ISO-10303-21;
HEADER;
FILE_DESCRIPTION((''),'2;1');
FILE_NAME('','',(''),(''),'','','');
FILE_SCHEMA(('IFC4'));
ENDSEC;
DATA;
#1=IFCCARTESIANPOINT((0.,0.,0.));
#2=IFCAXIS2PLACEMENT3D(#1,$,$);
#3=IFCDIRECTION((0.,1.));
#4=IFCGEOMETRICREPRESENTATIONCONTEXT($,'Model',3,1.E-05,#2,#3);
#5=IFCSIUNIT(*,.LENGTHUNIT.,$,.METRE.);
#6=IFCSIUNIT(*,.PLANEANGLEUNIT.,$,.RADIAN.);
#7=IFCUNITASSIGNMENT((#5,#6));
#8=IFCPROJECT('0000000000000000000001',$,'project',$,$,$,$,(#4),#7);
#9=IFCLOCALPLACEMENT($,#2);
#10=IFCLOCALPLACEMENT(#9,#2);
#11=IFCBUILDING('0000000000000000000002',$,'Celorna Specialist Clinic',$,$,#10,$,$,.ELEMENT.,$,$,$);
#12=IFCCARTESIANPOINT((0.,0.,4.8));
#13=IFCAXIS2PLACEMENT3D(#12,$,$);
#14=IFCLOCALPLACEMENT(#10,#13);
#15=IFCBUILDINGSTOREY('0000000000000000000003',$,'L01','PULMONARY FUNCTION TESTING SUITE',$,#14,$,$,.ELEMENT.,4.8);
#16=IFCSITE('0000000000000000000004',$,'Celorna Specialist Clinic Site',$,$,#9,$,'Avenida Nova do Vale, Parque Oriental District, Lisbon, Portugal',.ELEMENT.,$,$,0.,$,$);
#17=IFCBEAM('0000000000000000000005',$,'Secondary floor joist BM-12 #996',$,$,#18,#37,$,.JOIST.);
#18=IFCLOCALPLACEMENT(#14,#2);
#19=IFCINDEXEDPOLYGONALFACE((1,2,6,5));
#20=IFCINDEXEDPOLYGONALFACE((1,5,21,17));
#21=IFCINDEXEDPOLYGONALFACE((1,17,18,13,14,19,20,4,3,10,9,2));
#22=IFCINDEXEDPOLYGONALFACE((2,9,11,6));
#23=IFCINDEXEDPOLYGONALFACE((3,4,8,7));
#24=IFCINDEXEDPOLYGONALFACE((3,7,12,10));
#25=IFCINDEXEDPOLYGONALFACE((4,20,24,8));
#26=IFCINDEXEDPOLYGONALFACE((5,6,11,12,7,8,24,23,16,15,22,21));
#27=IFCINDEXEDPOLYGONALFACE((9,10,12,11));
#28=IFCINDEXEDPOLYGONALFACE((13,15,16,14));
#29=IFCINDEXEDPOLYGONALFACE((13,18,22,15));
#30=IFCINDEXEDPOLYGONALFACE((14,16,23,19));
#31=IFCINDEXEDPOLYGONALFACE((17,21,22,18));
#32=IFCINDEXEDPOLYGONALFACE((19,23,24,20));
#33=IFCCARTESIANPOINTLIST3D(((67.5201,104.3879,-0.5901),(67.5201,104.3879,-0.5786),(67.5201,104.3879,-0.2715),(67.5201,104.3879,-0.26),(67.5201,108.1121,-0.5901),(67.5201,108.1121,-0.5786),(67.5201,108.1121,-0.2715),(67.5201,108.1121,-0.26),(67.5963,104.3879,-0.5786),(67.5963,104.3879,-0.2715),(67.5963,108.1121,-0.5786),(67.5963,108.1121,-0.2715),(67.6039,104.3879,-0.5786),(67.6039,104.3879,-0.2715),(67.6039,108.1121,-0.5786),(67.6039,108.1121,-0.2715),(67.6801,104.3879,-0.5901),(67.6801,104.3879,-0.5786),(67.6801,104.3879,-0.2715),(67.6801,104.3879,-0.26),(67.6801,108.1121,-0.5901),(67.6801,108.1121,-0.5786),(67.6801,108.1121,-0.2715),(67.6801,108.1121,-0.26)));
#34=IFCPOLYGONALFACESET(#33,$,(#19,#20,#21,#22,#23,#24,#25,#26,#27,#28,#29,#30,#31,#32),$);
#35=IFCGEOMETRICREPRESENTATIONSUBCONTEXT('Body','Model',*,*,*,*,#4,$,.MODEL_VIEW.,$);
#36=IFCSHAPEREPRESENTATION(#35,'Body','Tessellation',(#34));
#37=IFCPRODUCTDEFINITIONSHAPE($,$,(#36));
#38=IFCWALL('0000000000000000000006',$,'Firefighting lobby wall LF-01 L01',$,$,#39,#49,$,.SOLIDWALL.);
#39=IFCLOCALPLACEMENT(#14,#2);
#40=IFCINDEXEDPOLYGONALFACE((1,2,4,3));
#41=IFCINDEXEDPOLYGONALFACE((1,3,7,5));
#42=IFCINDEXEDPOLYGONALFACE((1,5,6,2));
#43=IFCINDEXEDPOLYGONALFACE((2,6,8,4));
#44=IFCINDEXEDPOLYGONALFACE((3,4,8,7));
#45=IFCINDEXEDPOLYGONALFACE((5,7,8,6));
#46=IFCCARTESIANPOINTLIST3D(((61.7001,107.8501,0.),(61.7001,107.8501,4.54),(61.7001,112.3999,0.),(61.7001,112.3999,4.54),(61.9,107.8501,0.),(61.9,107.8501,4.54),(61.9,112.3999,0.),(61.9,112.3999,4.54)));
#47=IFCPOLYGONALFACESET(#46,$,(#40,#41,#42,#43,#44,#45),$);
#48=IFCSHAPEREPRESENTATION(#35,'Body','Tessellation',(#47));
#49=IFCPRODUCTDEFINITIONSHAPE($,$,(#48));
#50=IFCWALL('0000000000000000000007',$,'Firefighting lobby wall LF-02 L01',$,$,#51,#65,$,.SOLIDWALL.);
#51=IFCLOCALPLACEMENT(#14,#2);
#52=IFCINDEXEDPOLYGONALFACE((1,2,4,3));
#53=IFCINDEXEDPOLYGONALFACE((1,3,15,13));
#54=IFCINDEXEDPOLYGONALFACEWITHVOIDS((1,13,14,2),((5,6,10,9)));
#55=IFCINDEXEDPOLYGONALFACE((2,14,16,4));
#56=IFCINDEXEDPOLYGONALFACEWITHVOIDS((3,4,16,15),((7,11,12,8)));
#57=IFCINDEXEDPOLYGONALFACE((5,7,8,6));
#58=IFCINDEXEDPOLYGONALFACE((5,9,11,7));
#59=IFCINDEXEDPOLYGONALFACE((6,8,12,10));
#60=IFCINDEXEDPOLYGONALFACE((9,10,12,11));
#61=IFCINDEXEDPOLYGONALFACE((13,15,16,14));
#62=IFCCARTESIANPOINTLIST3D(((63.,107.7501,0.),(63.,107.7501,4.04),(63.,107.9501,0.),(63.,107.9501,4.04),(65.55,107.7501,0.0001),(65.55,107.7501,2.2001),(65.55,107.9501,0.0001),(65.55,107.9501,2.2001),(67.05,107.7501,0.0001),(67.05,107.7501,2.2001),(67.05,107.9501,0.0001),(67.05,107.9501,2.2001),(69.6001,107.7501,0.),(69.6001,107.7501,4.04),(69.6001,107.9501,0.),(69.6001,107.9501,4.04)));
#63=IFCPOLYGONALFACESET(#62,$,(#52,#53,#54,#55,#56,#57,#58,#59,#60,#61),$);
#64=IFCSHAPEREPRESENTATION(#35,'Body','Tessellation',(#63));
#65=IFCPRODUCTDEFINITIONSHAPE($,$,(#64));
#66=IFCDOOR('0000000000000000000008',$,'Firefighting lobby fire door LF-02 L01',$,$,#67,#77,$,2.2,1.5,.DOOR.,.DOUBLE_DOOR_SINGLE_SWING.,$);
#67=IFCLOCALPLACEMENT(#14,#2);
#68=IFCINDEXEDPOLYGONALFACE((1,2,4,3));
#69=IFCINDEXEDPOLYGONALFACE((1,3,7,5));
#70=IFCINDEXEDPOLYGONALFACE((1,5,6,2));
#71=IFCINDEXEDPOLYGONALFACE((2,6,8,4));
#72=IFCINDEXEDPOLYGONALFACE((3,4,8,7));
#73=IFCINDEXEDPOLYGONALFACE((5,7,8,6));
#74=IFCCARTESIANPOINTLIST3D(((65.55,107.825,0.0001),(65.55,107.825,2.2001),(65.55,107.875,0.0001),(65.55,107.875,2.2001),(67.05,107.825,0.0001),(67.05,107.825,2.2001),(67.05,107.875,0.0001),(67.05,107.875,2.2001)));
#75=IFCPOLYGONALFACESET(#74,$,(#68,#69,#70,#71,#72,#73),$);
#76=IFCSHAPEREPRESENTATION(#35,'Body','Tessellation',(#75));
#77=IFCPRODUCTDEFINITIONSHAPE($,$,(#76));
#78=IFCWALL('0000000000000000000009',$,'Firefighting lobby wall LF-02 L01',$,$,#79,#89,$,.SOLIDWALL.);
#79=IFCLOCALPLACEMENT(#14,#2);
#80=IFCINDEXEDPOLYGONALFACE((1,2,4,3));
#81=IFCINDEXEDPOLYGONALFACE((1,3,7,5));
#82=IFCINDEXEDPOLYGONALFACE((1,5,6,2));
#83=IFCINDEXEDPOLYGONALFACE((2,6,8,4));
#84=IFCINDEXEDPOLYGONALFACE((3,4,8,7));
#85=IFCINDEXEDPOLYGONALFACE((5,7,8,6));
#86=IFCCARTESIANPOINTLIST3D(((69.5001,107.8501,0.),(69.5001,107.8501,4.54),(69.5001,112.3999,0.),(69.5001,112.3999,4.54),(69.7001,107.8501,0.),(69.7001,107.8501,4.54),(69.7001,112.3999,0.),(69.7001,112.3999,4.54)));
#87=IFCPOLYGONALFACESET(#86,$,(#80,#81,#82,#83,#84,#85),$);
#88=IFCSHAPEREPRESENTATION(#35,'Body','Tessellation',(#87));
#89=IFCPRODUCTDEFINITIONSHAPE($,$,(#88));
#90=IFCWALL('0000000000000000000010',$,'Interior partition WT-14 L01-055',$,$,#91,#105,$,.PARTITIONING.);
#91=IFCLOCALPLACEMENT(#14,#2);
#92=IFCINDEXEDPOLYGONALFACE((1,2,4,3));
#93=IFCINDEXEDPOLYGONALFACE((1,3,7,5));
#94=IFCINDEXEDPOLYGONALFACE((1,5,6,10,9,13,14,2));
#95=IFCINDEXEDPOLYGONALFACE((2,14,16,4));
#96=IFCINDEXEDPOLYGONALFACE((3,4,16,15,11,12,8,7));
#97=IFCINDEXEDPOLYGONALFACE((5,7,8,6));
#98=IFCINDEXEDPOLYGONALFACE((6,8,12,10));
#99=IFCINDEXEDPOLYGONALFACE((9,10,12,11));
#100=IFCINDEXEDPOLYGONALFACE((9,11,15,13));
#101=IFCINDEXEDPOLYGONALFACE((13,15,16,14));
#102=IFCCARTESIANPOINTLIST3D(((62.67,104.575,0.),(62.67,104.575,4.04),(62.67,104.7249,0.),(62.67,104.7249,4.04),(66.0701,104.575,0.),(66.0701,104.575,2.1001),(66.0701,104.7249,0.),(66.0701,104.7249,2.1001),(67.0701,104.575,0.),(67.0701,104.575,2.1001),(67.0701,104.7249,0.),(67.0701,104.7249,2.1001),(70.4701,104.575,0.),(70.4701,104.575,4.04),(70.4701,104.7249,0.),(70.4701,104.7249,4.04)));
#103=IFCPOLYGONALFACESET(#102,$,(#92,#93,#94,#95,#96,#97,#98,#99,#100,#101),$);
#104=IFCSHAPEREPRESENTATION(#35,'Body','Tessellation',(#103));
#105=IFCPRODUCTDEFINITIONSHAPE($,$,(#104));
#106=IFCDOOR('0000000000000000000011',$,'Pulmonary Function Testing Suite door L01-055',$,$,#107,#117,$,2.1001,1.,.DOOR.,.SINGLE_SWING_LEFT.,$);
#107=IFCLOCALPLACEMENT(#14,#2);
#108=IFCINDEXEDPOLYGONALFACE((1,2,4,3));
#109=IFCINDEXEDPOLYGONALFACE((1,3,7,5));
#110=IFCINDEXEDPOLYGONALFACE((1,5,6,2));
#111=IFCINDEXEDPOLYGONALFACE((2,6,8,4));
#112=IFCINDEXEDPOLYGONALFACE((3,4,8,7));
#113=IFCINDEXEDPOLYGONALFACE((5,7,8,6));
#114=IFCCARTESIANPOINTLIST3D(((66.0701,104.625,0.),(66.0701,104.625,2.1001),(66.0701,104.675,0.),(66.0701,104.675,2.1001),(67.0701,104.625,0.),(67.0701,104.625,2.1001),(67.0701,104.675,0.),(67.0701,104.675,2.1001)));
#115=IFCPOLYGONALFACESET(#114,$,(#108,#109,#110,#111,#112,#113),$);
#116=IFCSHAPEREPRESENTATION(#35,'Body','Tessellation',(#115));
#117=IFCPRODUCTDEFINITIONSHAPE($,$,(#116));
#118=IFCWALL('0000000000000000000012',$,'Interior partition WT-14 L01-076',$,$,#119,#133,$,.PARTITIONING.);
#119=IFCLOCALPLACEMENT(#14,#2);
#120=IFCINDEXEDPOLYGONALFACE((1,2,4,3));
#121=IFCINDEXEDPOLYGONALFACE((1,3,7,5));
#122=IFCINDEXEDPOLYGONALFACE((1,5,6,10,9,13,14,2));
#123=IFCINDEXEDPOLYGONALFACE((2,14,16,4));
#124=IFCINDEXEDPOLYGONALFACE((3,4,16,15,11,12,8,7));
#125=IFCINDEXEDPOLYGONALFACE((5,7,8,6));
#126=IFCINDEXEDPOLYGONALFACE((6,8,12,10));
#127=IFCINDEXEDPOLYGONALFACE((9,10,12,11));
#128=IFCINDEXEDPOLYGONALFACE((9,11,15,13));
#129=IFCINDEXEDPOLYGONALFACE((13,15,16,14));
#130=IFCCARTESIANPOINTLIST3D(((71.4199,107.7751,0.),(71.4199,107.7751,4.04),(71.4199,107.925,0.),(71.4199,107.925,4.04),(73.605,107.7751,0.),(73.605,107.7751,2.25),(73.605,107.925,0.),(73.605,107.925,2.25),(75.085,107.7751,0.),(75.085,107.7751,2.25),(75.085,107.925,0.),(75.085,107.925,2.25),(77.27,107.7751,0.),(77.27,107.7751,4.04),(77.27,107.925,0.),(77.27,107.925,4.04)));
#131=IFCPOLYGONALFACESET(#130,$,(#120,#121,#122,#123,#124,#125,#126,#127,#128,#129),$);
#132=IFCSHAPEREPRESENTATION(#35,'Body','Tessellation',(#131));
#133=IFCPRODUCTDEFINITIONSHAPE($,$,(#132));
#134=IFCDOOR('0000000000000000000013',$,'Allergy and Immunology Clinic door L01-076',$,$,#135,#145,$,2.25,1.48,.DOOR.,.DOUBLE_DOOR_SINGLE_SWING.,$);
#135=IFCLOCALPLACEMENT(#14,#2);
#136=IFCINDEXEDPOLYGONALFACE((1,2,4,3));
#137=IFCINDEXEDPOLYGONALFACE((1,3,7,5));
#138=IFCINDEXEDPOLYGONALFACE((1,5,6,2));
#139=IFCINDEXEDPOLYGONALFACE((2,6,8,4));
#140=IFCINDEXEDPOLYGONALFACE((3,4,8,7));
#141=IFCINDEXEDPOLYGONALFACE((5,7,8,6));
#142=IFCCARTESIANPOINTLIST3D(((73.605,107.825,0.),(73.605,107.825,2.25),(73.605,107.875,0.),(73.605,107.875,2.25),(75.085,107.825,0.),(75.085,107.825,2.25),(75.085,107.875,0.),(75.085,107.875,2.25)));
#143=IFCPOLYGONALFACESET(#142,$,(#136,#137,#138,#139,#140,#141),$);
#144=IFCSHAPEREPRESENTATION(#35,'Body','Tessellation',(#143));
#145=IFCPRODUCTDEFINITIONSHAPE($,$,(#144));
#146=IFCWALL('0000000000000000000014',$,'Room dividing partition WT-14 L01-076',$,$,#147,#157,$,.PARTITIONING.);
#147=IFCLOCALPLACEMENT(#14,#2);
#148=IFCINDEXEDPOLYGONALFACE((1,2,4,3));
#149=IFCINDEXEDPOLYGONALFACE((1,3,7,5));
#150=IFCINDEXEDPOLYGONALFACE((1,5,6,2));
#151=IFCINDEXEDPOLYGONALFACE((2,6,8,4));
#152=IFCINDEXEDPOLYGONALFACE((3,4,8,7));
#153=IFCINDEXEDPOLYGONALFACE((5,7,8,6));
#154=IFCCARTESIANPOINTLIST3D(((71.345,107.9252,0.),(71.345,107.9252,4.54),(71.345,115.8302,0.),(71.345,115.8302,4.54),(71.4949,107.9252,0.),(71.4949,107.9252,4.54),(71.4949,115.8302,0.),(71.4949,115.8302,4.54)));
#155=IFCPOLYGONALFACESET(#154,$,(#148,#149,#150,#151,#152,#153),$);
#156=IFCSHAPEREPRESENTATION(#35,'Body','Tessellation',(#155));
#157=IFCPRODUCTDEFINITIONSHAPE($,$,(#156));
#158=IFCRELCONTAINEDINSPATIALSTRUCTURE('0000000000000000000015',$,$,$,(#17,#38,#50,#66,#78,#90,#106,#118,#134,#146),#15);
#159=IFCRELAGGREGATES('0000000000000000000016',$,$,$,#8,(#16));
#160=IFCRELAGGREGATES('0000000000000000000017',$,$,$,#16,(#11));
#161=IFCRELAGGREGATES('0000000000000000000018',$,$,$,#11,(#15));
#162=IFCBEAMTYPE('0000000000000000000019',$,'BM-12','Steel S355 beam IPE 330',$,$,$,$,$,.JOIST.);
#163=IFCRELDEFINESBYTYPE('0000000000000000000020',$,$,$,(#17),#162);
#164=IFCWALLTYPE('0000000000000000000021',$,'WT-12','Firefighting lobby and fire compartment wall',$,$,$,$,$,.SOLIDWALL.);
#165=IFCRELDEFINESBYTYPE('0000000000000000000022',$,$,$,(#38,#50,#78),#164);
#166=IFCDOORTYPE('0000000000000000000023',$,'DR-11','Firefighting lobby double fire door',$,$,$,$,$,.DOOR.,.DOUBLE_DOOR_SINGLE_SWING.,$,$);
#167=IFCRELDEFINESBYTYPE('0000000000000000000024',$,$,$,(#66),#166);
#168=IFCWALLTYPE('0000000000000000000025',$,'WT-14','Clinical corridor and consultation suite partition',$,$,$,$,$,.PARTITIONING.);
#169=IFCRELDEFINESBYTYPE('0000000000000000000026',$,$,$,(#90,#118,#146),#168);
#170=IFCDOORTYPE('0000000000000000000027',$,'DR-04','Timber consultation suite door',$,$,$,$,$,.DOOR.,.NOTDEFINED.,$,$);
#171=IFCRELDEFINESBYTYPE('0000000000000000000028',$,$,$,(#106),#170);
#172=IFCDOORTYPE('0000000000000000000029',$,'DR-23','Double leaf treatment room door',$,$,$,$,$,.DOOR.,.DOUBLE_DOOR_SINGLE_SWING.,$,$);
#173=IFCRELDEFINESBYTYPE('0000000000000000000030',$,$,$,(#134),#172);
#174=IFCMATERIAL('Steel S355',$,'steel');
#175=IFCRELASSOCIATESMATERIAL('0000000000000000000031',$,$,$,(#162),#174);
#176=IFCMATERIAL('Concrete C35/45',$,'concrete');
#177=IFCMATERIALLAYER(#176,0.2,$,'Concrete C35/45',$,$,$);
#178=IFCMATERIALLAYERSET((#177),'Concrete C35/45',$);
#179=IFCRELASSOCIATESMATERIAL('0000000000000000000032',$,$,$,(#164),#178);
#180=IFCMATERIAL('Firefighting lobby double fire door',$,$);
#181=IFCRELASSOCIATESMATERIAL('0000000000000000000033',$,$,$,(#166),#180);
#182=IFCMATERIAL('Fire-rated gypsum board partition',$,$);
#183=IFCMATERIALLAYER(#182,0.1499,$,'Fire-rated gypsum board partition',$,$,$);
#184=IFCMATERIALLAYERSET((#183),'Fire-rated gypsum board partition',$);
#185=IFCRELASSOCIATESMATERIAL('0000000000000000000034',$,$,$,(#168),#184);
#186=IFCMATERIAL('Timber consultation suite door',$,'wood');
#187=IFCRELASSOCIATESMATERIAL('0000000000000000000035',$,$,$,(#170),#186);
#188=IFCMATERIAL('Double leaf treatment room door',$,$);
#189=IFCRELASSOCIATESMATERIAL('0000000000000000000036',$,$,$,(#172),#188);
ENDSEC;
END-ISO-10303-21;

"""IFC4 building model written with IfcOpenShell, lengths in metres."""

from ifc_helpers import new_model, si_unit, direction, frame, frame_2d, origin, origin_2d, place, context, subcontext, project, spatial, rectangle, i_section, extrude, material, layer, layer_set, material_profile, profile_set, type_object, element, fill, save


model = new_model("IFC4")

# Units and contexts
model_context = context("Model", 3, precision=1e-05, world=origin(), true_north=direction((0.0, 1.0)))
body_context = subcontext(model_context, "Body", "Model", "MODEL_VIEW")
ifc_project = project(units=[si_unit("LENGTHUNIT", "METRE"), si_unit("PLANEANGLEUNIT", "RADIAN")], contexts=[model_context])

# Site, building, storey
site_placement = place(None, origin())
site = spatial("IfcSite", under=ifc_project, at=site_placement, Name="Celorna Specialist Clinic Site", LongName="Avenida Nova do Vale, Parque Oriental District, Lisbon, Portugal", CompositionType="ELEMENT", RefElevation=0.0)
building_placement = place(site_placement, origin())
building = spatial("IfcBuilding", under=site, at=building_placement, Name="Celorna Specialist Clinic", CompositionType="ELEMENT")
storey_placement = place(building_placement, frame((0.0, 0.0, 4.8)))
storey = spatial("IfcBuildingStorey", under=building, at=storey_placement, Name="L01", Description="PULMONARY FUNCTION TESTING SUITE", CompositionType="ELEMENT", Elevation=4.8)

# Beam
ifc_material_1 = material(Name="Steel S355", Category="steel")
ifc_material_profile_1 = material_profile(ifc_material_1, i_section(OverallWidth=0.1599, OverallDepth=0.3301, WebThickness=0.0076, FlangeThickness=0.0115, at=origin_2d()), Name="IPE 330")
ifc_profile_set_1 = profile_set([ifc_material_profile_1], Name="Steel S355")
beam_type_1 = type_object("IfcBeamType", Name="BM-12", Description="Steel S355 beam IPE 330", PredefinedType="JOIST", material=ifc_profile_set_1)
for number, where, z_axis, x_axis, name in (
    (1, (67.6001, 104.3879, -0.425), (0.0, 1.0, 0.0), (-1.0, 0.0, 0.0), "Secondary floor joist BM-12 #996"),
):
    element("IfcBeam", number, at=place(storey_placement, frame(where, z_axis=z_axis, x_axis=x_axis)), inside=storey, type_object=beam_type_1, Name=name, PredefinedType="JOIST", context=body_context, shape_type="SweptSolid", body=[
        extrude(i_section(OverallWidth=0.1599, OverallDepth=0.3301, WebThickness=0.0076, FlangeThickness=0.0115, at=origin_2d()), origin(), (0.0, 0.0, 1.0), 3.7241),
    ])

# Wall
ifc_material_2 = material(Name="Concrete C35/45", Category="concrete")
ifc_layer_1 = layer(ifc_material_2, 0.2, Name="Concrete C35/45")
ifc_layer_set_1 = layer_set([ifc_layer_1], Name="Concrete C35/45")
wall_type_1 = type_object("IfcWallType", Name="WT-12", Description="Firefighting lobby and fire compartment wall", PredefinedType="SOLIDWALL", material=ifc_layer_set_1)
wall_1_placement = place(storey_placement, frame((61.8, 107.8501, 0.0), z_axis=(0.0, 0.0, 1.0), x_axis=(0.0, 1.0, 0.0)))
element("IfcWall", 2, at=wall_1_placement, inside=storey, type_object=wall_type_1, Name="Firefighting lobby wall LF-01 L01", PredefinedType="SOLIDWALL", context=body_context, shape_type="SweptSolid", body=[
    extrude(rectangle(XDim=4.5498, YDim=0.2, at=frame_2d((2.2749, 0.0))), origin(), (0.0, 0.0, 1.0), 4.54),
])

# Wall, opening, door
wall_2_placement = place(storey_placement, frame((63.0, 107.8501, 0.0), z_axis=(0.0, 0.0, 1.0), x_axis=(1.0, 0.0, 0.0)))
wall_2 = element("IfcWall", 3, at=wall_2_placement, inside=storey, type_object=wall_type_1, Name="Firefighting lobby wall LF-02 L01", PredefinedType="SOLIDWALL", context=body_context, shape_type="SweptSolid", body=[
    extrude(rectangle(XDim=6.6001, YDim=0.2, at=frame_2d((3.3, 0.0))), origin(), (0.0, 0.0, 1.0), 4.04),
])
opening_1_placement = place(wall_2_placement, frame((2.55, 0.0, 0.0)))
opening_1 = element("IfcOpeningElement", 4, at=opening_1_placement, cuts=wall_2, PredefinedType="OPENING", context=body_context, shape_type="SweptSolid", body=[
    extrude(rectangle(XDim=1.5, YDim=2.2, at=frame_2d((0.75, 1.1001))), frame((0.0, 0.1099, 0.0), z_axis=(0.0, -1.0, 0.0), x_axis=(1.0, 0.0, 0.0)), (0.0, 0.0, 1.0), 0.22),
])
ifc_material_3 = material(Name="Firefighting lobby double fire door")
door_type_1 = type_object("IfcDoorType", Name="DR-11", Description="Firefighting lobby double fire door", OperationType="DOUBLE_DOOR_SINGLE_SWING", PredefinedType="DOOR", material=ifc_material_3)
door_1_placement = place(opening_1_placement, origin())
door_1 = element("IfcDoor", 5, at=door_1_placement, inside=storey, type_object=door_type_1, Name="Firefighting lobby fire door LF-02 L01", OperationType="DOUBLE_DOOR_SINGLE_SWING", OverallHeight=2.2, OverallWidth=1.5, PredefinedType="DOOR", context=body_context, shape_type="SweptSolid", body=[
    extrude(rectangle(XDim=1.5, YDim=2.2, at=frame_2d((0.75, 1.1001))), frame((0.0, 0.0249, 0.0), z_axis=(0.0, -1.0, 0.0), x_axis=(1.0, 0.0, 0.0)), (0.0, 0.0, 1.0), 0.05),
])
fill(opening_1, door_1)

# Wall
wall_3_placement = place(storey_placement, frame((69.6001, 107.8501, 0.0), z_axis=(0.0, 0.0, 1.0), x_axis=(0.0, 1.0, 0.0)))
element("IfcWall", 6, at=wall_3_placement, inside=storey, type_object=wall_type_1, Name="Firefighting lobby wall LF-02 L01", PredefinedType="SOLIDWALL", context=body_context, shape_type="SweptSolid", body=[
    extrude(rectangle(XDim=4.5498, YDim=0.2, at=frame_2d((2.2749, 0.0))), origin(), (0.0, 0.0, 1.0), 4.54),
])

# Walls, openings, doors
ifc_material_4 = material(Name="Fire-rated gypsum board partition")
ifc_layer_2 = layer(ifc_material_4, 0.1499, Name="Fire-rated gypsum board partition")
ifc_layer_set_2 = layer_set([ifc_layer_2], Name="Fire-rated gypsum board partition")
wall_type_2 = type_object("IfcWallType", Name="WT-14", Description="Clinical corridor and consultation suite partition", PredefinedType="PARTITIONING", material=ifc_layer_set_2)
wall_4_placement = place(storey_placement, frame((70.47, 104.6499, 0.0), z_axis=(0.0, 0.0, 1.0), x_axis=(-1.0, 0.0, 0.0)))
wall_4 = element("IfcWall", 7, at=wall_4_placement, inside=storey, type_object=wall_type_2, Name="Interior partition WT-14 L01-055", PredefinedType="PARTITIONING", context=body_context, shape_type="SweptSolid", body=[
    extrude(rectangle(XDim=7.8, YDim=0.1499, at=frame_2d((3.8999, 0.0))), origin(), (0.0, 0.0, 1.0), 4.04),
])
opening_2_placement = place(wall_4_placement, frame((3.3999, 0.0, 0.0)))
opening_2 = element("IfcOpeningElement", 8, at=opening_2_placement, cuts=wall_4, PredefinedType="OPENING", context=body_context, shape_type="SweptSolid", body=[
    extrude(rectangle(XDim=1.0, YDim=2.1001, at=frame_2d((0.5, 1.05))), frame((0.0, 0.085, 0.0), z_axis=(0.0, -1.0, 0.0), x_axis=(1.0, 0.0, 0.0)), (0.0, 0.0, 1.0), 0.1699),
])
ifc_material_5 = material(Name="Timber consultation suite door", Category="wood")
door_type_2 = type_object("IfcDoorType", Name="DR-04", Description="Timber consultation suite door", OperationType="NOTDEFINED", PredefinedType="DOOR", material=ifc_material_5)
door_2_placement = place(opening_2_placement, origin())
door_2 = element("IfcDoor", 9, at=door_2_placement, inside=storey, type_object=door_type_2, Name="Pulmonary Function Testing Suite door L01-055", OperationType="SINGLE_SWING_LEFT", OverallHeight=2.1001, OverallWidth=1.0, PredefinedType="DOOR", context=body_context, shape_type="SweptSolid", body=[
    extrude(rectangle(XDim=1.0, YDim=2.1001, at=frame_2d((0.5, 1.05))), frame((0.0, 0.0249, 0.0), z_axis=(0.0, -1.0, 0.0), x_axis=(1.0, 0.0, 0.0)), (0.0, 0.0, 1.0), 0.05),
])
fill(opening_2, door_2)
wall_5_placement = place(storey_placement, frame((71.4199, 107.8501, 0.0), z_axis=(0.0, 0.0, 1.0), x_axis=(1.0, 0.0, 0.0)))
wall_5 = element("IfcWall", 10, at=wall_5_placement, inside=storey, type_object=wall_type_2, Name="Interior partition WT-14 L01-076", PredefinedType="PARTITIONING", context=body_context, shape_type="SweptSolid", body=[
    extrude(rectangle(XDim=5.8501, YDim=0.1499, at=frame_2d((2.925, 0.0))), origin(), (0.0, 0.0, 1.0), 4.04),
])
opening_3_placement = place(wall_5_placement, frame((2.1851, 0.0, 0.0)))
opening_3 = element("IfcOpeningElement", 11, at=opening_3_placement, cuts=wall_5, PredefinedType="OPENING", context=body_context, shape_type="SweptSolid", body=[
    extrude(rectangle(XDim=1.48, YDim=2.25, at=frame_2d((0.74, 1.125))), frame((0.0, 0.085, 0.0), z_axis=(0.0, -1.0, 0.0), x_axis=(1.0, 0.0, 0.0)), (0.0, 0.0, 1.0), 0.1699),
])
ifc_material_6 = material(Name="Double leaf treatment room door")
door_type_3 = type_object("IfcDoorType", Name="DR-23", Description="Double leaf treatment room door", OperationType="DOUBLE_DOOR_SINGLE_SWING", PredefinedType="DOOR", material=ifc_material_6)
door_3_placement = place(opening_3_placement, origin())
door_3 = element("IfcDoor", 12, at=door_3_placement, inside=storey, type_object=door_type_3, Name="Allergy and Immunology Clinic door L01-076", OperationType="DOUBLE_DOOR_SINGLE_SWING", OverallHeight=2.25, OverallWidth=1.48, PredefinedType="DOOR", context=body_context, shape_type="SweptSolid", body=[
    extrude(rectangle(XDim=1.48, YDim=2.25, at=frame_2d((0.74, 1.125))), frame((0.0, 0.0249, 0.0), z_axis=(0.0, -1.0, 0.0), x_axis=(1.0, 0.0, 0.0)), (0.0, 0.0, 1.0), 0.05),
])
fill(opening_3, door_3)

# Wall
wall_6_placement = place(storey_placement, frame((71.4199, 107.925, 0.0), z_axis=(0.0, 0.0, 1.0), x_axis=(0.0, 1.0, 0.0)))
element("IfcWall", 13, at=wall_6_placement, inside=storey, type_object=wall_type_2, Name="Room dividing partition WT-14 L01-076", PredefinedType="PARTITIONING", context=body_context, shape_type="SweptSolid", body=[
    extrude(rectangle(XDim=7.905, YDim=0.1499, at=frame_2d((3.9526, 0.0))), origin(), (0.0, 0.0, 1.0), 4.54),
])

save(model, "model.ifc")
